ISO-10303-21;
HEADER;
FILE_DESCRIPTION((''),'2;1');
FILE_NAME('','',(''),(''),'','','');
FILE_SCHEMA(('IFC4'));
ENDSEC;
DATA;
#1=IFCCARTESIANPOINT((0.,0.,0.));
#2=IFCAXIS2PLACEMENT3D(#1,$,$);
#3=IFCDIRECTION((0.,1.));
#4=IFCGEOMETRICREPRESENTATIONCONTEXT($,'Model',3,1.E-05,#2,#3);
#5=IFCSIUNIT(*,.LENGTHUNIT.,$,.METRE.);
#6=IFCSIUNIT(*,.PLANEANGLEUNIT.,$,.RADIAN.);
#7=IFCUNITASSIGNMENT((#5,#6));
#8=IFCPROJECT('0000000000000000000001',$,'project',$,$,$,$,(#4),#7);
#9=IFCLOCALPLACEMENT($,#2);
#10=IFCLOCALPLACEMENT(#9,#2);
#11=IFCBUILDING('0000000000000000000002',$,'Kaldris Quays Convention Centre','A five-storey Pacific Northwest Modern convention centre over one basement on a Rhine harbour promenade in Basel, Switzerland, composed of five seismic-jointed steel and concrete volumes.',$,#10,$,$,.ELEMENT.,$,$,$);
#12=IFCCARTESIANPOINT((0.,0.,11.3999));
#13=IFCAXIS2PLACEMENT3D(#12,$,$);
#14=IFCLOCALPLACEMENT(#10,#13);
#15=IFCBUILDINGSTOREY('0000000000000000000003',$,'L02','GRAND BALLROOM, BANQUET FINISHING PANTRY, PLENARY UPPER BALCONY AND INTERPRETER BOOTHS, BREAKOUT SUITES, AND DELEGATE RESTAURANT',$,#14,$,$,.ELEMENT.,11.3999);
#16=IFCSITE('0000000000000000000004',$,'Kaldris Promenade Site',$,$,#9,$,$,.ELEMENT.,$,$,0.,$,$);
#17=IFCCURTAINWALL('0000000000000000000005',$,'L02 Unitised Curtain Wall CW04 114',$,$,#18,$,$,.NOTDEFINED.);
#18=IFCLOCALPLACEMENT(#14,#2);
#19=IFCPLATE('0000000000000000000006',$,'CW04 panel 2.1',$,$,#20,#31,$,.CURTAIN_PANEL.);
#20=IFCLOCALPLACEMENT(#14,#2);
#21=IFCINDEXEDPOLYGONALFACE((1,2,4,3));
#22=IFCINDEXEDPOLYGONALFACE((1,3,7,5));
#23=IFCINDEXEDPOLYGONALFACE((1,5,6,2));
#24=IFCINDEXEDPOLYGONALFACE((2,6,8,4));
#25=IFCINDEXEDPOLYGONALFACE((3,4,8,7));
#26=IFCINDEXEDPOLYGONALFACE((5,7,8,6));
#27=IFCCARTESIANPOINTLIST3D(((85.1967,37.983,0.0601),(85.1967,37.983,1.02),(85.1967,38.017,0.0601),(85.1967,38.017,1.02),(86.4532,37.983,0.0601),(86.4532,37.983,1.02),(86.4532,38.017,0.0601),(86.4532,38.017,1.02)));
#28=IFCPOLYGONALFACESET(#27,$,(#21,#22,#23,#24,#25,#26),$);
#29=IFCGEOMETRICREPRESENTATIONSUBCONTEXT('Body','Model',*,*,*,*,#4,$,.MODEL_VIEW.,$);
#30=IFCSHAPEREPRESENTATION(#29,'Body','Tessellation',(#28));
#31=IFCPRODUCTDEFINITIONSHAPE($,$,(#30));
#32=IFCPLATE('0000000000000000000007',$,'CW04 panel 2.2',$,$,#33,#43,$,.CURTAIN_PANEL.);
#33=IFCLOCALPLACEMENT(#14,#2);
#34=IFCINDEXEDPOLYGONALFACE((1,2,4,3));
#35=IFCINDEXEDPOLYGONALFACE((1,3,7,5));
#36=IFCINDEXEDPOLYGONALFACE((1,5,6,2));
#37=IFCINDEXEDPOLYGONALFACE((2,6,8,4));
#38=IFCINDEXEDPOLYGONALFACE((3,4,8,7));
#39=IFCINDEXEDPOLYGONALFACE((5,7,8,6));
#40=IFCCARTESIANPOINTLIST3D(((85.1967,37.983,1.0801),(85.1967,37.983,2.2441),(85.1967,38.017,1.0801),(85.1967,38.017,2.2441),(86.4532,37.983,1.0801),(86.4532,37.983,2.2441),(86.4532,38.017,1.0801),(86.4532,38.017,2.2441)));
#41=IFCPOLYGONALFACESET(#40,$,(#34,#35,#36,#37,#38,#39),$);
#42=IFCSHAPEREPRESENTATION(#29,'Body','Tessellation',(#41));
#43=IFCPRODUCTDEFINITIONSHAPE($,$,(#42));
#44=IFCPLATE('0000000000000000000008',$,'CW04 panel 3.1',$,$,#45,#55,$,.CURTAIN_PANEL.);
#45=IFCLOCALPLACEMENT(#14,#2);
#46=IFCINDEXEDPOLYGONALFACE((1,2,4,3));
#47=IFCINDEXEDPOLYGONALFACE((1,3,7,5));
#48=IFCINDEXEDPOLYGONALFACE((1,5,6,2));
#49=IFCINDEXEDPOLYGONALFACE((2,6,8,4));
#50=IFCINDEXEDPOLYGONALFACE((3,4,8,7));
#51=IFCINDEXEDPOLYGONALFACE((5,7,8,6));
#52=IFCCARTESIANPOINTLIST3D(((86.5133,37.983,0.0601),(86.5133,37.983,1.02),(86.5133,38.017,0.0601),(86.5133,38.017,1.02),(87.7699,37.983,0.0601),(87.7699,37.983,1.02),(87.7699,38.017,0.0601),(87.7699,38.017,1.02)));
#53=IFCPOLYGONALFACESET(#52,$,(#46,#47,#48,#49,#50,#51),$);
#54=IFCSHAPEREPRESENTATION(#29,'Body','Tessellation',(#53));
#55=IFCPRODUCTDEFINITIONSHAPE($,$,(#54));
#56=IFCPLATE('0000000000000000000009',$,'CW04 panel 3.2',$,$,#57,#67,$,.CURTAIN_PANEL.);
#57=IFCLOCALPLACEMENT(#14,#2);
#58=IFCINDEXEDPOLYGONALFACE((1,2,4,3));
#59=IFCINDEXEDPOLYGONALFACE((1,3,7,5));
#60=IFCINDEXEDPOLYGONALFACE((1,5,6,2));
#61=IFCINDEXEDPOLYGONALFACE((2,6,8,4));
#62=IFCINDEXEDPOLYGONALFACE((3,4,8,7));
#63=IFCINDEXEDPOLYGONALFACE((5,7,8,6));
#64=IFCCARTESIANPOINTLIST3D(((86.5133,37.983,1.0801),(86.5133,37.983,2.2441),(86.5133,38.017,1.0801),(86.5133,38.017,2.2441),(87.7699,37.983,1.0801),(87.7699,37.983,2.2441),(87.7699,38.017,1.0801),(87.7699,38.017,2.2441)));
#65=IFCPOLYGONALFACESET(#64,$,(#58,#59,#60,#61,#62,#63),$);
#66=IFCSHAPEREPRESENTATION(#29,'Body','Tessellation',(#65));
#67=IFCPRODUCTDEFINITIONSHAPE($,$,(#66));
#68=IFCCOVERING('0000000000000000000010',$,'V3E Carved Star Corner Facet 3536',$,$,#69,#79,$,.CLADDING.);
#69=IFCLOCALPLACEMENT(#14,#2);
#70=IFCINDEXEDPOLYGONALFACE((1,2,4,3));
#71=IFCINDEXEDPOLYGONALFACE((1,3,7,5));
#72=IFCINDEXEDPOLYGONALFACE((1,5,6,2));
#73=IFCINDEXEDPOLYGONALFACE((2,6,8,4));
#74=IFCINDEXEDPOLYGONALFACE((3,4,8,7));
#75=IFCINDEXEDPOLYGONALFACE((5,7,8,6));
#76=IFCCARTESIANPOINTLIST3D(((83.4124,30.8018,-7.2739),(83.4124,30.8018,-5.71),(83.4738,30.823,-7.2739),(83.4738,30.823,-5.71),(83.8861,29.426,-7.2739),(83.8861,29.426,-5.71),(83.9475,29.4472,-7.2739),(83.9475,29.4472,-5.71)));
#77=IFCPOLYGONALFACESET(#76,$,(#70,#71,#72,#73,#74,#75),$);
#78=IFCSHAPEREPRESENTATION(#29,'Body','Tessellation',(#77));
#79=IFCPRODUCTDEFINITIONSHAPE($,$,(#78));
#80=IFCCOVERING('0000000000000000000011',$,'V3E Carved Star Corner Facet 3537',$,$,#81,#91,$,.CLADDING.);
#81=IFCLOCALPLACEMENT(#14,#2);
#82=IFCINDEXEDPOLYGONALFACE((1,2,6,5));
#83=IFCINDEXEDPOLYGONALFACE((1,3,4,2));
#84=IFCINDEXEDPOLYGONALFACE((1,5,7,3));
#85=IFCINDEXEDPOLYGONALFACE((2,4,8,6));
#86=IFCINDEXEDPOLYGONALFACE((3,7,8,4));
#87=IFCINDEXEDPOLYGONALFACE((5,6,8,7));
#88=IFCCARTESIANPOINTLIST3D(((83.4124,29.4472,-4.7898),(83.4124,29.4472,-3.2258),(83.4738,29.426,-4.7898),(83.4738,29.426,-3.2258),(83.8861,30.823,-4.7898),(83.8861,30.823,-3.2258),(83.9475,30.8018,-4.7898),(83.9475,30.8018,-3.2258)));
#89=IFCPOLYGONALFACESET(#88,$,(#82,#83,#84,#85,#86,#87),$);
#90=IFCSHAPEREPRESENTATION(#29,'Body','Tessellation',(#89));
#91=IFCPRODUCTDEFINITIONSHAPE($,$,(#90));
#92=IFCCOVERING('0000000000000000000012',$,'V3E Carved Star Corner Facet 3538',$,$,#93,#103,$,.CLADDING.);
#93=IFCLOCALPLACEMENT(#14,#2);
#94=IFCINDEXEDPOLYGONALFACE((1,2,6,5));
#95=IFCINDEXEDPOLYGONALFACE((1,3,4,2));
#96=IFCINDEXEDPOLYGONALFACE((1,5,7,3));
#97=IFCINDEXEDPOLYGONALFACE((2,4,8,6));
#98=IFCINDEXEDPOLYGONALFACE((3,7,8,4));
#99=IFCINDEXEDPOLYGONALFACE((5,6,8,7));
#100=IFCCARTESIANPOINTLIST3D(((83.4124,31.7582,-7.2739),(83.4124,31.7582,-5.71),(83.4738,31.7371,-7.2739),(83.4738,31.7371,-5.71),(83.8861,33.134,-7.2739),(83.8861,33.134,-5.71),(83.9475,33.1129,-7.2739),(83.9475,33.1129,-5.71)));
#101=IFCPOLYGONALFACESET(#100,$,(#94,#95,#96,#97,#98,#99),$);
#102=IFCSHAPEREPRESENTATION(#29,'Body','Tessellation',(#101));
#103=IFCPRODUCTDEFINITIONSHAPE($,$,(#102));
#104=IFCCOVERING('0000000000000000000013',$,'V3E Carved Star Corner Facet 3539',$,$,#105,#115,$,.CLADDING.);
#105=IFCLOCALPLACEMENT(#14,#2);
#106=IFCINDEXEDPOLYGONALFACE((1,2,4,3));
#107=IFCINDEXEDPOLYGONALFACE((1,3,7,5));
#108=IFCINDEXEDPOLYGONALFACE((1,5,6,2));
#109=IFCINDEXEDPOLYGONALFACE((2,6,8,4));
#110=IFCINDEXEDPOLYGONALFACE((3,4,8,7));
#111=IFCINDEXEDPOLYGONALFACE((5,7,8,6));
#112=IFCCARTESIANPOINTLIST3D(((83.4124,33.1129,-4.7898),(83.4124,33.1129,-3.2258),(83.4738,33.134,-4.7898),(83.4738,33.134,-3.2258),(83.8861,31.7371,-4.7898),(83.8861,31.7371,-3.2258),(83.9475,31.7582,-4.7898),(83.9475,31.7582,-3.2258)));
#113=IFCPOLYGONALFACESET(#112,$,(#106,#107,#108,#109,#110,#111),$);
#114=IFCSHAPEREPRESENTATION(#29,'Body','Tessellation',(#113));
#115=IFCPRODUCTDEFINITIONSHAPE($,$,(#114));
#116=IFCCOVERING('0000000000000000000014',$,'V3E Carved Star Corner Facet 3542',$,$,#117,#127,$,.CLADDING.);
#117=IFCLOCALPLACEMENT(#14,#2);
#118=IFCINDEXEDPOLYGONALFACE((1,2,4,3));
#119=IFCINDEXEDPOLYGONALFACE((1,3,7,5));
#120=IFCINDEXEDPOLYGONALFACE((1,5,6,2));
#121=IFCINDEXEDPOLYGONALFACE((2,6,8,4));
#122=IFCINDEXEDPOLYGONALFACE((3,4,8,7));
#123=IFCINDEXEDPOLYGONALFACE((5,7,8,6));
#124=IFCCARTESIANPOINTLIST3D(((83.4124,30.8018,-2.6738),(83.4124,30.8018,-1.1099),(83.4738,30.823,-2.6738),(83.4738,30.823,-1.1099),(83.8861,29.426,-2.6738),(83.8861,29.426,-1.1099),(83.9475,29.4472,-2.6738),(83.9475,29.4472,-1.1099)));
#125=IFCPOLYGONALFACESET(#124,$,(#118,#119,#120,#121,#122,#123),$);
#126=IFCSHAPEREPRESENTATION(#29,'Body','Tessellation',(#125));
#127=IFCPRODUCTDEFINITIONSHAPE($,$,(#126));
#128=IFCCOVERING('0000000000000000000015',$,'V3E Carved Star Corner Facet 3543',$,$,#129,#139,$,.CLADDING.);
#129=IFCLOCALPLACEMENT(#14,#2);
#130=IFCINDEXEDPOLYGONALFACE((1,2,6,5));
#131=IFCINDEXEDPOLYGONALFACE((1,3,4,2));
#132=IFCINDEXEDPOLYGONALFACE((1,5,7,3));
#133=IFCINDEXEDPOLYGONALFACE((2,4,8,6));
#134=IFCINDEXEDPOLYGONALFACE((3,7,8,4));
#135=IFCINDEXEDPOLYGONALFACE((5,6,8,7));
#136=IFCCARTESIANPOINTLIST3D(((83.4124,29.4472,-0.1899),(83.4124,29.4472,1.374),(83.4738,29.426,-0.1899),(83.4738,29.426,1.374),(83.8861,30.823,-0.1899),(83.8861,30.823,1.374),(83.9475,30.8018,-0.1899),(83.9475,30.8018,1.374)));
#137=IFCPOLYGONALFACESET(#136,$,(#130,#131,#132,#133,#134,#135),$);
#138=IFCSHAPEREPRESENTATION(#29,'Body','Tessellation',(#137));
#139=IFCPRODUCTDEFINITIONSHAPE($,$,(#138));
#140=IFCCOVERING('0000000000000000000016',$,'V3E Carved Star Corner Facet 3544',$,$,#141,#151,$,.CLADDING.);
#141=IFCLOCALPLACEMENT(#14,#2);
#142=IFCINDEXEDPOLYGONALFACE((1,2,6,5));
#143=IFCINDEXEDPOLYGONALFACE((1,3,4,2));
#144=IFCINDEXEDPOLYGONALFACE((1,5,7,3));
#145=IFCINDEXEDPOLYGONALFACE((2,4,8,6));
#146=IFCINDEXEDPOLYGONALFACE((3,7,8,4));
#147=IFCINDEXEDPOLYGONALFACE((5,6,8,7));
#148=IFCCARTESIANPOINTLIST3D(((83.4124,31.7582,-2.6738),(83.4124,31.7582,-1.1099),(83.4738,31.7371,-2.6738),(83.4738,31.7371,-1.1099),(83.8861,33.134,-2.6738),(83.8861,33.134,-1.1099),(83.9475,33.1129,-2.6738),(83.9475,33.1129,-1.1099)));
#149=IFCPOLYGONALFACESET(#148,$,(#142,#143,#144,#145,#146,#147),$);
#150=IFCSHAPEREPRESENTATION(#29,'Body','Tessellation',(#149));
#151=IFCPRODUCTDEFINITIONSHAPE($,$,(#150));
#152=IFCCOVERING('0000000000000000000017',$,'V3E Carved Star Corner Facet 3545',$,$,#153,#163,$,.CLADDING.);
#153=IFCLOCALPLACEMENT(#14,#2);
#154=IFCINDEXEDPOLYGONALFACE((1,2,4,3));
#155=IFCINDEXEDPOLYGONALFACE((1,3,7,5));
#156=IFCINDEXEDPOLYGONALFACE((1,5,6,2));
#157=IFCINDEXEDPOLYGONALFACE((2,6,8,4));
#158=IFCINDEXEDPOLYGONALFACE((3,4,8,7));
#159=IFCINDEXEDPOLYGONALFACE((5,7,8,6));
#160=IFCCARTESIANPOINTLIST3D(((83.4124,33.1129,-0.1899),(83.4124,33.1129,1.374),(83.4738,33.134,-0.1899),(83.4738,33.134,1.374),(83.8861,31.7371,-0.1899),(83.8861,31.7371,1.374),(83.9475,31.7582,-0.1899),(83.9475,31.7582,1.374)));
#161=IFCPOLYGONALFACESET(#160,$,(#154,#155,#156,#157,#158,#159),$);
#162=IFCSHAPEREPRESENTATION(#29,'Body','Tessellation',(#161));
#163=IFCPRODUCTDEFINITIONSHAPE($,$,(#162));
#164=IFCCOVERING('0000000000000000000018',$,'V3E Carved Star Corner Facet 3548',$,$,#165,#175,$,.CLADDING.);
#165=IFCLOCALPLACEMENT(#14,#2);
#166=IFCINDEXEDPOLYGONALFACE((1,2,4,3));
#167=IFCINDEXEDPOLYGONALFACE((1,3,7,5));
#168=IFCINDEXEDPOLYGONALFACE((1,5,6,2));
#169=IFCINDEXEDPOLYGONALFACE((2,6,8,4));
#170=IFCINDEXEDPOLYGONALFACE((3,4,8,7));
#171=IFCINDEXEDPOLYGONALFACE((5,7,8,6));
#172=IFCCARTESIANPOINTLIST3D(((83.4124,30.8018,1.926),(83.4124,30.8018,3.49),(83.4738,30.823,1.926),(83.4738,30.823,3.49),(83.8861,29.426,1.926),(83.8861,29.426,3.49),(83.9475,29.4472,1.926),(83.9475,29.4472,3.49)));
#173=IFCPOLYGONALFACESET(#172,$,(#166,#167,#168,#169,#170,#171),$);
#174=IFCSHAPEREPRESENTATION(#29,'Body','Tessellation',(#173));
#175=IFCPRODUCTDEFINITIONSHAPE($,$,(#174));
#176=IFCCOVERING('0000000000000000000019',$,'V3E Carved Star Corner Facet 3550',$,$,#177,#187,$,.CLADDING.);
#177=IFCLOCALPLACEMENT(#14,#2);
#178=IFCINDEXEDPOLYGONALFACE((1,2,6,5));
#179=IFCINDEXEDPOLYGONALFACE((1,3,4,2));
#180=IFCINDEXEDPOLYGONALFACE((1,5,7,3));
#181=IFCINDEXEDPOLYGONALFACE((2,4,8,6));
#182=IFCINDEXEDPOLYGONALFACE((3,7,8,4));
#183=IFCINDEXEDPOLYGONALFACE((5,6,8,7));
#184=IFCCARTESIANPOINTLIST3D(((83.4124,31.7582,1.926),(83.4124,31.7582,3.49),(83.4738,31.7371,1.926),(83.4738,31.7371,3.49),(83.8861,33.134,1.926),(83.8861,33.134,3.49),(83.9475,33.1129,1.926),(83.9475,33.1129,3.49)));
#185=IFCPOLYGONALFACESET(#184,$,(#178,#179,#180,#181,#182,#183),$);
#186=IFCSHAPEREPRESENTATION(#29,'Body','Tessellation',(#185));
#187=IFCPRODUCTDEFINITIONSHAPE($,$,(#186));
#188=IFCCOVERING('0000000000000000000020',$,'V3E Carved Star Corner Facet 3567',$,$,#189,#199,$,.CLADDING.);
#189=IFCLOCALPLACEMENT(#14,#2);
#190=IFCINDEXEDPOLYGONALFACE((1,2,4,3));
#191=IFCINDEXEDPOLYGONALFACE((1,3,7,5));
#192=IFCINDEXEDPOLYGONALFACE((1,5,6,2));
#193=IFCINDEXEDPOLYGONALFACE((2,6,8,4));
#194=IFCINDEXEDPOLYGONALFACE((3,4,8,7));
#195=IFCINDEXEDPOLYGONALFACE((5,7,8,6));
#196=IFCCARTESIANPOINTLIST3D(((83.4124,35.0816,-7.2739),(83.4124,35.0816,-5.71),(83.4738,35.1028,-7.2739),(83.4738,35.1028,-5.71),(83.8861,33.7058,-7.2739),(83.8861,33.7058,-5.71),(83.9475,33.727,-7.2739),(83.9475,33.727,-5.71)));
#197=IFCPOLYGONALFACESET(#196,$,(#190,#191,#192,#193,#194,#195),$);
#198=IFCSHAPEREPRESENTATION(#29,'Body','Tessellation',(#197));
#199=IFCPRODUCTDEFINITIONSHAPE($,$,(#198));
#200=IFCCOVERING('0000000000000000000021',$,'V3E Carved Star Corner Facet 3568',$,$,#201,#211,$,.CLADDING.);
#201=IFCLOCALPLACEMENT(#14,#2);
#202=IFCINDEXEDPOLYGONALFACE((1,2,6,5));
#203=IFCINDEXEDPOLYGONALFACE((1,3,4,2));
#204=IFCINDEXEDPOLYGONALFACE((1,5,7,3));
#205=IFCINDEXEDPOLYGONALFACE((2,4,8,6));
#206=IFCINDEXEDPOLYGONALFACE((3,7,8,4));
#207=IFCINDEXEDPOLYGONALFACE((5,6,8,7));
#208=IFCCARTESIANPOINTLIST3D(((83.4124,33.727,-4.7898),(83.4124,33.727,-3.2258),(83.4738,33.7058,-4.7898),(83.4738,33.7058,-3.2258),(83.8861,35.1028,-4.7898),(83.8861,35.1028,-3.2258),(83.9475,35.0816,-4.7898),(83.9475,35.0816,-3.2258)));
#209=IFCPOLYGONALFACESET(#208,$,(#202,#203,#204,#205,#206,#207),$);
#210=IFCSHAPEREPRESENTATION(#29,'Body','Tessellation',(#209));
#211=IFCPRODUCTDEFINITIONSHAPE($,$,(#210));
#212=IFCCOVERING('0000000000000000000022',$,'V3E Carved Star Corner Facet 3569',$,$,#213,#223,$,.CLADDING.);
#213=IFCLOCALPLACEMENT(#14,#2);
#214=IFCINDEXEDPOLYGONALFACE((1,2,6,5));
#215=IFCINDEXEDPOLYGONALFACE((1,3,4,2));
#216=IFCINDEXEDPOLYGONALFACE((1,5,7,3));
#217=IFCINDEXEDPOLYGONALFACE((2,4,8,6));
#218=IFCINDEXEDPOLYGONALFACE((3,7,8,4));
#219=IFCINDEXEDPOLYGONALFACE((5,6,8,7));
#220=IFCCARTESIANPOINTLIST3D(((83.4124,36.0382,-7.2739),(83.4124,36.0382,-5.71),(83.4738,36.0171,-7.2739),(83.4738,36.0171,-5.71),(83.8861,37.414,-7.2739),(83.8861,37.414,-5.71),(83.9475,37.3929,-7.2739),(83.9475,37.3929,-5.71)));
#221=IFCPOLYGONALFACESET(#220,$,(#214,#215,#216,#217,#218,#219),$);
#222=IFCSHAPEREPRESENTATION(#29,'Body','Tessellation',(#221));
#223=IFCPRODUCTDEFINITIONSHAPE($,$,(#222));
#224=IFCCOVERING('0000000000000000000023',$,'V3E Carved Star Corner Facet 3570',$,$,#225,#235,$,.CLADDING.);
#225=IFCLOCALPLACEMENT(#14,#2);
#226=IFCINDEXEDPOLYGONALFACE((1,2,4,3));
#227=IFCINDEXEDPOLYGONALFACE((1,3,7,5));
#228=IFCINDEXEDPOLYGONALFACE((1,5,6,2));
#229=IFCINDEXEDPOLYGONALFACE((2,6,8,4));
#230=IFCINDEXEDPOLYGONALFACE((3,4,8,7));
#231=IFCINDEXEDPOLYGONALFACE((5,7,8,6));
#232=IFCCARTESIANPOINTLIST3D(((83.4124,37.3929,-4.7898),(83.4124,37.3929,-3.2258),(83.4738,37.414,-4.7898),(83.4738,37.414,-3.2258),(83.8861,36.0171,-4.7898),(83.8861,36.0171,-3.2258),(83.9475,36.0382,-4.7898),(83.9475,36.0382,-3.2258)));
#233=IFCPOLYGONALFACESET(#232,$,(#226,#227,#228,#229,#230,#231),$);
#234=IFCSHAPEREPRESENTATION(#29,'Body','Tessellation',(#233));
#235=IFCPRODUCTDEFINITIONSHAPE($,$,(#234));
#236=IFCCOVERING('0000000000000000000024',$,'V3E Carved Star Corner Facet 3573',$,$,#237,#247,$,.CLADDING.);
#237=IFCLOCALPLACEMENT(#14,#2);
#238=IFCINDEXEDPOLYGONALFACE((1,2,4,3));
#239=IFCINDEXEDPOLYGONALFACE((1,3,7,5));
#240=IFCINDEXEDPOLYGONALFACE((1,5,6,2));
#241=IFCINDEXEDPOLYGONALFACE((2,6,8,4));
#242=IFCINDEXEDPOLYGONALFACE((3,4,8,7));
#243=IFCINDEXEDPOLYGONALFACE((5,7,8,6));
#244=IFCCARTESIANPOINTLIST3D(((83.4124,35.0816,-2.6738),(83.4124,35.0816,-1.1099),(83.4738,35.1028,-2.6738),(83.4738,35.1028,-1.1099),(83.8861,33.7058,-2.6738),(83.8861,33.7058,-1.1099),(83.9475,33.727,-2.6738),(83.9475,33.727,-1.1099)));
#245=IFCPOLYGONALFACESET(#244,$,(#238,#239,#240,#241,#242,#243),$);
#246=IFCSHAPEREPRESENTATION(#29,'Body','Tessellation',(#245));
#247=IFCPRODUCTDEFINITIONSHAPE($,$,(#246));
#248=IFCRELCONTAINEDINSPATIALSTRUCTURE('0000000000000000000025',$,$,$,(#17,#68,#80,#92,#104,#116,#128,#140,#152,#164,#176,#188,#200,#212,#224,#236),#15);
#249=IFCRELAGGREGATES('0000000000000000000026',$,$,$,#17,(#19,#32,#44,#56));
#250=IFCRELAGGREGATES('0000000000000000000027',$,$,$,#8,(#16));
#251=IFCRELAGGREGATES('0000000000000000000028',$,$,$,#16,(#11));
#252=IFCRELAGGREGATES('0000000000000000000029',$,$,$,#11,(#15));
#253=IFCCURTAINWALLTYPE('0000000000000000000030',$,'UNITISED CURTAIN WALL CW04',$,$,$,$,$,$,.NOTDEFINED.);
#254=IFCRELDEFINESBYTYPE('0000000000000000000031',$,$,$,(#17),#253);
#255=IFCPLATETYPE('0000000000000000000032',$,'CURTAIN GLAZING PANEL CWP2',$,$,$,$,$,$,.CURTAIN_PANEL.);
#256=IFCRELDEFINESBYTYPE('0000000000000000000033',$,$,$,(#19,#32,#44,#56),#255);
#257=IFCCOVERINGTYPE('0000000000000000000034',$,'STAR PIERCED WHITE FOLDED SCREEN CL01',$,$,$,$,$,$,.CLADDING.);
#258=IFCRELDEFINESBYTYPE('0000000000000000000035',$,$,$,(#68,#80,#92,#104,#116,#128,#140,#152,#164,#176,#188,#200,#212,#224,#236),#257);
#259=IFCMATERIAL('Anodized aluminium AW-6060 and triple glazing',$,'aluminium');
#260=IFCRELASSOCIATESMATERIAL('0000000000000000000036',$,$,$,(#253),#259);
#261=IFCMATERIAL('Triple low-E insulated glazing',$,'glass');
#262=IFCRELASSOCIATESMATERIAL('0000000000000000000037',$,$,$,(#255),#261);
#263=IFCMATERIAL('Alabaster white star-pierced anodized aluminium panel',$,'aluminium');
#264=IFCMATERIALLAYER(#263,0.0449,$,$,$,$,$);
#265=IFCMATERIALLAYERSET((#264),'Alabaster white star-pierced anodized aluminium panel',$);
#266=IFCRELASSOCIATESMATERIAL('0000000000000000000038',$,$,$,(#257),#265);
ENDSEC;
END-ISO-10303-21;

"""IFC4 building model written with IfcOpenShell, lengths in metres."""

from ifc_helpers import new_model, si_unit, direction, frame, origin, origin_2d, place, context, subcontext, project, spatial, rectangle, extrude, material, layer, layer_set, type_object, element, aggregate, save


model = new_model("IFC4")

# Units and contexts
model_context = context("Model", 3, precision=1e-05, world=origin(), true_north=direction((0.0, 1.0)))
body_context = subcontext(model_context, "Body", "Model", "MODEL_VIEW")
ifc_project = project(units=[si_unit("LENGTHUNIT", "METRE"), si_unit("PLANEANGLEUNIT", "RADIAN")], contexts=[model_context])

# Site, building, storey
site_placement = place(None, origin())
site = spatial("IfcSite", under=ifc_project, at=site_placement, Name="Kaldris Promenade Site", CompositionType="ELEMENT", RefElevation=0.0)
building_placement = place(site_placement, origin())
building = spatial("IfcBuilding", under=site, at=building_placement, Name="Kaldris Quays Convention Centre", Description="A five-storey Pacific Northwest Modern convention centre over one basement on a Rhine harbour promenade in Basel, Switzerland, composed of five seismic-jointed steel and concrete volumes.", CompositionType="ELEMENT")
storey_placement = place(building_placement, frame((0.0, 0.0, 11.3999)))
storey = spatial("IfcBuildingStorey", under=building, at=storey_placement, Name="L02", Description="GRAND BALLROOM, BANQUET FINISHING PANTRY, PLENARY UPPER BALCONY AND INTERPRETER BOOTHS, BREAKOUT SUITES, AND DELEGATE RESTAURANT", CompositionType="ELEMENT", Elevation=11.3999)

# Curtain wall, plates
ifc_material_1 = material(Name="Anodized aluminium AW-6060 and triple glazing", Category="aluminium")
curtain_wall_type = type_object("IfcCurtainWallType", Name="UNITISED CURTAIN WALL CW04", PredefinedType="NOTDEFINED", material=ifc_material_1)
curtain_wall_placement = place(storey_placement, origin())
curtain_wall = element("IfcCurtainWall", 1, at=curtain_wall_placement, inside=storey, type_object=curtain_wall_type, Name="L02 Unitised Curtain Wall CW04 114", PredefinedType="NOTDEFINED")
ifc_material_2 = material(Name="Triple low-E insulated glazing", Category="glass")
plate_type = type_object("IfcPlateType", Name="CURTAIN GLAZING PANEL CWP2", PredefinedType="CURTAIN_PANEL", material=ifc_material_2)
plate_1_placement = place(storey_placement, frame((85.825, 38.0, 0.0601), z_axis=(0.0, 0.0, 1.0), x_axis=(1.0, 0.0, 0.0)))
plate_1 = element("IfcPlate", 2, at=plate_1_placement, type_object=plate_type, Name="CW04 panel 2.1", PredefinedType="CURTAIN_PANEL", context=body_context, shape_type="SweptSolid", body=[
    extrude(rectangle(XDim=1.2566, YDim=0.0339, at=origin_2d()), origin(), (0.0, 0.0, 1.0), 0.96),
])
plate_2_placement = place(storey_placement, frame((85.825, 38.0, 1.0801), z_axis=(0.0, 0.0, 1.0), x_axis=(1.0, 0.0, 0.0)))
plate_2 = element("IfcPlate", 3, at=plate_2_placement, type_object=plate_type, Name="CW04 panel 2.2", PredefinedType="CURTAIN_PANEL", context=body_context, shape_type="SweptSolid", body=[
    extrude(rectangle(XDim=1.2566, YDim=0.0339, at=origin_2d()), origin(), (0.0, 0.0, 1.0), 1.1641),
])
plate_3_placement = place(storey_placement, frame((87.1416, 38.0, 0.0601), z_axis=(0.0, 0.0, 1.0), x_axis=(1.0, 0.0, 0.0)))
plate_3 = element("IfcPlate", 4, at=plate_3_placement, type_object=plate_type, Name="CW04 panel 3.1", PredefinedType="CURTAIN_PANEL", context=body_context, shape_type="SweptSolid", body=[
    extrude(rectangle(XDim=1.2566, YDim=0.0339, at=origin_2d()), origin(), (0.0, 0.0, 1.0), 0.96),
])
plate_4_placement = place(storey_placement, frame((87.1416, 38.0, 1.0801), z_axis=(0.0, 0.0, 1.0), x_axis=(1.0, 0.0, 0.0)))
plate_4 = element("IfcPlate", 5, at=plate_4_placement, type_object=plate_type, Name="CW04 panel 3.2", PredefinedType="CURTAIN_PANEL", context=body_context, shape_type="SweptSolid", body=[
    extrude(rectangle(XDim=1.2566, YDim=0.0339, at=origin_2d()), origin(), (0.0, 0.0, 1.0), 1.1641),
])
aggregate(curtain_wall, [plate_1, plate_2, plate_3, plate_4])

# Coverings
ifc_material_3 = material(Name="Alabaster white star-pierced anodized aluminium panel", Category="aluminium")
ifc_layer = layer(ifc_material_3, 0.0449)
ifc_layer_set = layer_set([ifc_layer], Name="Alabaster white star-pierced anodized aluminium panel")
covering_type = type_object("IfcCoveringType", Name="STAR PIERCED WHITE FOLDED SCREEN CL01", PredefinedType="CLADDING", material=ifc_layer_set)
for number, where, z_axis, x_axis, name in (
    (6, (83.6799, 30.1245, -7.2739), (0.0, 0.0, 1.0), (-0.325568, 0.945519, 0.0), "V3E Carved Star Corner Facet 3536"),
    (7, (83.6799, 30.1245, -4.7898), (0.0, 0.0, 1.0), (0.325568, 0.945519, 0.0), "V3E Carved Star Corner Facet 3537"),
    (8, (83.6799, 32.4355, -7.2739), (0.0, 0.0, 1.0), (0.325568, 0.945519, 0.0), "V3E Carved Star Corner Facet 3538"),
    (9, (83.6799, 32.4355, -4.7898), (0.0, 0.0, 1.0), (-0.325568, 0.945519, 0.0), "V3E Carved Star Corner Facet 3539"),
    (10, (83.6799, 30.1245, -2.6738), (0.0, 0.0, 1.0), (-0.325568, 0.945519, 0.0), "V3E Carved Star Corner Facet 3542"),
    (11, (83.6799, 30.1245, -0.1899), (0.0, 0.0, 1.0), (0.325568, 0.945519, 0.0), "V3E Carved Star Corner Facet 3543"),
    (12, (83.6799, 32.4355, -2.6738), (0.0, 0.0, 1.0), (0.325568, 0.945519, 0.0), "V3E Carved Star Corner Facet 3544"),
    (13, (83.6799, 32.4355, -0.1899), (0.0, 0.0, 1.0), (-0.325568, 0.945519, 0.0), "V3E Carved Star Corner Facet 3545"),
    (14, (83.6799, 30.1245, 1.926), (0.0, 0.0, 1.0), (-0.325568, 0.945519, 0.0), "V3E Carved Star Corner Facet 3548"),
    (15, (83.6799, 32.4355, 1.926), (0.0, 0.0, 1.0), (0.325568, 0.945519, 0.0), "V3E Carved Star Corner Facet 3550"),
    (16, (83.6799, 34.4043, -7.2739), (0.0, 0.0, 1.0), (-0.325568, 0.945519, 0.0), "V3E Carved Star Corner Facet 3567"),
    (17, (83.6799, 34.4043, -4.7898), (0.0, 0.0, 1.0), (0.325568, 0.945519, 0.0), "V3E Carved Star Corner Facet 3568"),
    (18, (83.6799, 36.7156, -7.2739), (0.0, 0.0, 1.0), (0.325568, 0.945519, 0.0), "V3E Carved Star Corner Facet 3569"),
    (19, (83.6799, 36.7156, -4.7898), (0.0, 0.0, 1.0), (-0.325568, 0.945519, 0.0), "V3E Carved Star Corner Facet 3570"),
    (20, (83.6799, 34.4043, -2.6738), (0.0, 0.0, 1.0), (-0.325568, 0.945519, 0.0), "V3E Carved Star Corner Facet 3573"),
):
    element("IfcCovering", number, at=place(storey_placement, frame(where, z_axis=z_axis, x_axis=x_axis)), inside=storey, type_object=covering_type, Name=name, PredefinedType="CLADDING", context=body_context, shape_type="SweptSolid", body=[
        extrude(rectangle(XDim=1.4551, YDim=0.0649, at=origin_2d()), origin(), (0.0, 0.0, 1.0), 1.564),
    ])

save(model, "model.ifc")
